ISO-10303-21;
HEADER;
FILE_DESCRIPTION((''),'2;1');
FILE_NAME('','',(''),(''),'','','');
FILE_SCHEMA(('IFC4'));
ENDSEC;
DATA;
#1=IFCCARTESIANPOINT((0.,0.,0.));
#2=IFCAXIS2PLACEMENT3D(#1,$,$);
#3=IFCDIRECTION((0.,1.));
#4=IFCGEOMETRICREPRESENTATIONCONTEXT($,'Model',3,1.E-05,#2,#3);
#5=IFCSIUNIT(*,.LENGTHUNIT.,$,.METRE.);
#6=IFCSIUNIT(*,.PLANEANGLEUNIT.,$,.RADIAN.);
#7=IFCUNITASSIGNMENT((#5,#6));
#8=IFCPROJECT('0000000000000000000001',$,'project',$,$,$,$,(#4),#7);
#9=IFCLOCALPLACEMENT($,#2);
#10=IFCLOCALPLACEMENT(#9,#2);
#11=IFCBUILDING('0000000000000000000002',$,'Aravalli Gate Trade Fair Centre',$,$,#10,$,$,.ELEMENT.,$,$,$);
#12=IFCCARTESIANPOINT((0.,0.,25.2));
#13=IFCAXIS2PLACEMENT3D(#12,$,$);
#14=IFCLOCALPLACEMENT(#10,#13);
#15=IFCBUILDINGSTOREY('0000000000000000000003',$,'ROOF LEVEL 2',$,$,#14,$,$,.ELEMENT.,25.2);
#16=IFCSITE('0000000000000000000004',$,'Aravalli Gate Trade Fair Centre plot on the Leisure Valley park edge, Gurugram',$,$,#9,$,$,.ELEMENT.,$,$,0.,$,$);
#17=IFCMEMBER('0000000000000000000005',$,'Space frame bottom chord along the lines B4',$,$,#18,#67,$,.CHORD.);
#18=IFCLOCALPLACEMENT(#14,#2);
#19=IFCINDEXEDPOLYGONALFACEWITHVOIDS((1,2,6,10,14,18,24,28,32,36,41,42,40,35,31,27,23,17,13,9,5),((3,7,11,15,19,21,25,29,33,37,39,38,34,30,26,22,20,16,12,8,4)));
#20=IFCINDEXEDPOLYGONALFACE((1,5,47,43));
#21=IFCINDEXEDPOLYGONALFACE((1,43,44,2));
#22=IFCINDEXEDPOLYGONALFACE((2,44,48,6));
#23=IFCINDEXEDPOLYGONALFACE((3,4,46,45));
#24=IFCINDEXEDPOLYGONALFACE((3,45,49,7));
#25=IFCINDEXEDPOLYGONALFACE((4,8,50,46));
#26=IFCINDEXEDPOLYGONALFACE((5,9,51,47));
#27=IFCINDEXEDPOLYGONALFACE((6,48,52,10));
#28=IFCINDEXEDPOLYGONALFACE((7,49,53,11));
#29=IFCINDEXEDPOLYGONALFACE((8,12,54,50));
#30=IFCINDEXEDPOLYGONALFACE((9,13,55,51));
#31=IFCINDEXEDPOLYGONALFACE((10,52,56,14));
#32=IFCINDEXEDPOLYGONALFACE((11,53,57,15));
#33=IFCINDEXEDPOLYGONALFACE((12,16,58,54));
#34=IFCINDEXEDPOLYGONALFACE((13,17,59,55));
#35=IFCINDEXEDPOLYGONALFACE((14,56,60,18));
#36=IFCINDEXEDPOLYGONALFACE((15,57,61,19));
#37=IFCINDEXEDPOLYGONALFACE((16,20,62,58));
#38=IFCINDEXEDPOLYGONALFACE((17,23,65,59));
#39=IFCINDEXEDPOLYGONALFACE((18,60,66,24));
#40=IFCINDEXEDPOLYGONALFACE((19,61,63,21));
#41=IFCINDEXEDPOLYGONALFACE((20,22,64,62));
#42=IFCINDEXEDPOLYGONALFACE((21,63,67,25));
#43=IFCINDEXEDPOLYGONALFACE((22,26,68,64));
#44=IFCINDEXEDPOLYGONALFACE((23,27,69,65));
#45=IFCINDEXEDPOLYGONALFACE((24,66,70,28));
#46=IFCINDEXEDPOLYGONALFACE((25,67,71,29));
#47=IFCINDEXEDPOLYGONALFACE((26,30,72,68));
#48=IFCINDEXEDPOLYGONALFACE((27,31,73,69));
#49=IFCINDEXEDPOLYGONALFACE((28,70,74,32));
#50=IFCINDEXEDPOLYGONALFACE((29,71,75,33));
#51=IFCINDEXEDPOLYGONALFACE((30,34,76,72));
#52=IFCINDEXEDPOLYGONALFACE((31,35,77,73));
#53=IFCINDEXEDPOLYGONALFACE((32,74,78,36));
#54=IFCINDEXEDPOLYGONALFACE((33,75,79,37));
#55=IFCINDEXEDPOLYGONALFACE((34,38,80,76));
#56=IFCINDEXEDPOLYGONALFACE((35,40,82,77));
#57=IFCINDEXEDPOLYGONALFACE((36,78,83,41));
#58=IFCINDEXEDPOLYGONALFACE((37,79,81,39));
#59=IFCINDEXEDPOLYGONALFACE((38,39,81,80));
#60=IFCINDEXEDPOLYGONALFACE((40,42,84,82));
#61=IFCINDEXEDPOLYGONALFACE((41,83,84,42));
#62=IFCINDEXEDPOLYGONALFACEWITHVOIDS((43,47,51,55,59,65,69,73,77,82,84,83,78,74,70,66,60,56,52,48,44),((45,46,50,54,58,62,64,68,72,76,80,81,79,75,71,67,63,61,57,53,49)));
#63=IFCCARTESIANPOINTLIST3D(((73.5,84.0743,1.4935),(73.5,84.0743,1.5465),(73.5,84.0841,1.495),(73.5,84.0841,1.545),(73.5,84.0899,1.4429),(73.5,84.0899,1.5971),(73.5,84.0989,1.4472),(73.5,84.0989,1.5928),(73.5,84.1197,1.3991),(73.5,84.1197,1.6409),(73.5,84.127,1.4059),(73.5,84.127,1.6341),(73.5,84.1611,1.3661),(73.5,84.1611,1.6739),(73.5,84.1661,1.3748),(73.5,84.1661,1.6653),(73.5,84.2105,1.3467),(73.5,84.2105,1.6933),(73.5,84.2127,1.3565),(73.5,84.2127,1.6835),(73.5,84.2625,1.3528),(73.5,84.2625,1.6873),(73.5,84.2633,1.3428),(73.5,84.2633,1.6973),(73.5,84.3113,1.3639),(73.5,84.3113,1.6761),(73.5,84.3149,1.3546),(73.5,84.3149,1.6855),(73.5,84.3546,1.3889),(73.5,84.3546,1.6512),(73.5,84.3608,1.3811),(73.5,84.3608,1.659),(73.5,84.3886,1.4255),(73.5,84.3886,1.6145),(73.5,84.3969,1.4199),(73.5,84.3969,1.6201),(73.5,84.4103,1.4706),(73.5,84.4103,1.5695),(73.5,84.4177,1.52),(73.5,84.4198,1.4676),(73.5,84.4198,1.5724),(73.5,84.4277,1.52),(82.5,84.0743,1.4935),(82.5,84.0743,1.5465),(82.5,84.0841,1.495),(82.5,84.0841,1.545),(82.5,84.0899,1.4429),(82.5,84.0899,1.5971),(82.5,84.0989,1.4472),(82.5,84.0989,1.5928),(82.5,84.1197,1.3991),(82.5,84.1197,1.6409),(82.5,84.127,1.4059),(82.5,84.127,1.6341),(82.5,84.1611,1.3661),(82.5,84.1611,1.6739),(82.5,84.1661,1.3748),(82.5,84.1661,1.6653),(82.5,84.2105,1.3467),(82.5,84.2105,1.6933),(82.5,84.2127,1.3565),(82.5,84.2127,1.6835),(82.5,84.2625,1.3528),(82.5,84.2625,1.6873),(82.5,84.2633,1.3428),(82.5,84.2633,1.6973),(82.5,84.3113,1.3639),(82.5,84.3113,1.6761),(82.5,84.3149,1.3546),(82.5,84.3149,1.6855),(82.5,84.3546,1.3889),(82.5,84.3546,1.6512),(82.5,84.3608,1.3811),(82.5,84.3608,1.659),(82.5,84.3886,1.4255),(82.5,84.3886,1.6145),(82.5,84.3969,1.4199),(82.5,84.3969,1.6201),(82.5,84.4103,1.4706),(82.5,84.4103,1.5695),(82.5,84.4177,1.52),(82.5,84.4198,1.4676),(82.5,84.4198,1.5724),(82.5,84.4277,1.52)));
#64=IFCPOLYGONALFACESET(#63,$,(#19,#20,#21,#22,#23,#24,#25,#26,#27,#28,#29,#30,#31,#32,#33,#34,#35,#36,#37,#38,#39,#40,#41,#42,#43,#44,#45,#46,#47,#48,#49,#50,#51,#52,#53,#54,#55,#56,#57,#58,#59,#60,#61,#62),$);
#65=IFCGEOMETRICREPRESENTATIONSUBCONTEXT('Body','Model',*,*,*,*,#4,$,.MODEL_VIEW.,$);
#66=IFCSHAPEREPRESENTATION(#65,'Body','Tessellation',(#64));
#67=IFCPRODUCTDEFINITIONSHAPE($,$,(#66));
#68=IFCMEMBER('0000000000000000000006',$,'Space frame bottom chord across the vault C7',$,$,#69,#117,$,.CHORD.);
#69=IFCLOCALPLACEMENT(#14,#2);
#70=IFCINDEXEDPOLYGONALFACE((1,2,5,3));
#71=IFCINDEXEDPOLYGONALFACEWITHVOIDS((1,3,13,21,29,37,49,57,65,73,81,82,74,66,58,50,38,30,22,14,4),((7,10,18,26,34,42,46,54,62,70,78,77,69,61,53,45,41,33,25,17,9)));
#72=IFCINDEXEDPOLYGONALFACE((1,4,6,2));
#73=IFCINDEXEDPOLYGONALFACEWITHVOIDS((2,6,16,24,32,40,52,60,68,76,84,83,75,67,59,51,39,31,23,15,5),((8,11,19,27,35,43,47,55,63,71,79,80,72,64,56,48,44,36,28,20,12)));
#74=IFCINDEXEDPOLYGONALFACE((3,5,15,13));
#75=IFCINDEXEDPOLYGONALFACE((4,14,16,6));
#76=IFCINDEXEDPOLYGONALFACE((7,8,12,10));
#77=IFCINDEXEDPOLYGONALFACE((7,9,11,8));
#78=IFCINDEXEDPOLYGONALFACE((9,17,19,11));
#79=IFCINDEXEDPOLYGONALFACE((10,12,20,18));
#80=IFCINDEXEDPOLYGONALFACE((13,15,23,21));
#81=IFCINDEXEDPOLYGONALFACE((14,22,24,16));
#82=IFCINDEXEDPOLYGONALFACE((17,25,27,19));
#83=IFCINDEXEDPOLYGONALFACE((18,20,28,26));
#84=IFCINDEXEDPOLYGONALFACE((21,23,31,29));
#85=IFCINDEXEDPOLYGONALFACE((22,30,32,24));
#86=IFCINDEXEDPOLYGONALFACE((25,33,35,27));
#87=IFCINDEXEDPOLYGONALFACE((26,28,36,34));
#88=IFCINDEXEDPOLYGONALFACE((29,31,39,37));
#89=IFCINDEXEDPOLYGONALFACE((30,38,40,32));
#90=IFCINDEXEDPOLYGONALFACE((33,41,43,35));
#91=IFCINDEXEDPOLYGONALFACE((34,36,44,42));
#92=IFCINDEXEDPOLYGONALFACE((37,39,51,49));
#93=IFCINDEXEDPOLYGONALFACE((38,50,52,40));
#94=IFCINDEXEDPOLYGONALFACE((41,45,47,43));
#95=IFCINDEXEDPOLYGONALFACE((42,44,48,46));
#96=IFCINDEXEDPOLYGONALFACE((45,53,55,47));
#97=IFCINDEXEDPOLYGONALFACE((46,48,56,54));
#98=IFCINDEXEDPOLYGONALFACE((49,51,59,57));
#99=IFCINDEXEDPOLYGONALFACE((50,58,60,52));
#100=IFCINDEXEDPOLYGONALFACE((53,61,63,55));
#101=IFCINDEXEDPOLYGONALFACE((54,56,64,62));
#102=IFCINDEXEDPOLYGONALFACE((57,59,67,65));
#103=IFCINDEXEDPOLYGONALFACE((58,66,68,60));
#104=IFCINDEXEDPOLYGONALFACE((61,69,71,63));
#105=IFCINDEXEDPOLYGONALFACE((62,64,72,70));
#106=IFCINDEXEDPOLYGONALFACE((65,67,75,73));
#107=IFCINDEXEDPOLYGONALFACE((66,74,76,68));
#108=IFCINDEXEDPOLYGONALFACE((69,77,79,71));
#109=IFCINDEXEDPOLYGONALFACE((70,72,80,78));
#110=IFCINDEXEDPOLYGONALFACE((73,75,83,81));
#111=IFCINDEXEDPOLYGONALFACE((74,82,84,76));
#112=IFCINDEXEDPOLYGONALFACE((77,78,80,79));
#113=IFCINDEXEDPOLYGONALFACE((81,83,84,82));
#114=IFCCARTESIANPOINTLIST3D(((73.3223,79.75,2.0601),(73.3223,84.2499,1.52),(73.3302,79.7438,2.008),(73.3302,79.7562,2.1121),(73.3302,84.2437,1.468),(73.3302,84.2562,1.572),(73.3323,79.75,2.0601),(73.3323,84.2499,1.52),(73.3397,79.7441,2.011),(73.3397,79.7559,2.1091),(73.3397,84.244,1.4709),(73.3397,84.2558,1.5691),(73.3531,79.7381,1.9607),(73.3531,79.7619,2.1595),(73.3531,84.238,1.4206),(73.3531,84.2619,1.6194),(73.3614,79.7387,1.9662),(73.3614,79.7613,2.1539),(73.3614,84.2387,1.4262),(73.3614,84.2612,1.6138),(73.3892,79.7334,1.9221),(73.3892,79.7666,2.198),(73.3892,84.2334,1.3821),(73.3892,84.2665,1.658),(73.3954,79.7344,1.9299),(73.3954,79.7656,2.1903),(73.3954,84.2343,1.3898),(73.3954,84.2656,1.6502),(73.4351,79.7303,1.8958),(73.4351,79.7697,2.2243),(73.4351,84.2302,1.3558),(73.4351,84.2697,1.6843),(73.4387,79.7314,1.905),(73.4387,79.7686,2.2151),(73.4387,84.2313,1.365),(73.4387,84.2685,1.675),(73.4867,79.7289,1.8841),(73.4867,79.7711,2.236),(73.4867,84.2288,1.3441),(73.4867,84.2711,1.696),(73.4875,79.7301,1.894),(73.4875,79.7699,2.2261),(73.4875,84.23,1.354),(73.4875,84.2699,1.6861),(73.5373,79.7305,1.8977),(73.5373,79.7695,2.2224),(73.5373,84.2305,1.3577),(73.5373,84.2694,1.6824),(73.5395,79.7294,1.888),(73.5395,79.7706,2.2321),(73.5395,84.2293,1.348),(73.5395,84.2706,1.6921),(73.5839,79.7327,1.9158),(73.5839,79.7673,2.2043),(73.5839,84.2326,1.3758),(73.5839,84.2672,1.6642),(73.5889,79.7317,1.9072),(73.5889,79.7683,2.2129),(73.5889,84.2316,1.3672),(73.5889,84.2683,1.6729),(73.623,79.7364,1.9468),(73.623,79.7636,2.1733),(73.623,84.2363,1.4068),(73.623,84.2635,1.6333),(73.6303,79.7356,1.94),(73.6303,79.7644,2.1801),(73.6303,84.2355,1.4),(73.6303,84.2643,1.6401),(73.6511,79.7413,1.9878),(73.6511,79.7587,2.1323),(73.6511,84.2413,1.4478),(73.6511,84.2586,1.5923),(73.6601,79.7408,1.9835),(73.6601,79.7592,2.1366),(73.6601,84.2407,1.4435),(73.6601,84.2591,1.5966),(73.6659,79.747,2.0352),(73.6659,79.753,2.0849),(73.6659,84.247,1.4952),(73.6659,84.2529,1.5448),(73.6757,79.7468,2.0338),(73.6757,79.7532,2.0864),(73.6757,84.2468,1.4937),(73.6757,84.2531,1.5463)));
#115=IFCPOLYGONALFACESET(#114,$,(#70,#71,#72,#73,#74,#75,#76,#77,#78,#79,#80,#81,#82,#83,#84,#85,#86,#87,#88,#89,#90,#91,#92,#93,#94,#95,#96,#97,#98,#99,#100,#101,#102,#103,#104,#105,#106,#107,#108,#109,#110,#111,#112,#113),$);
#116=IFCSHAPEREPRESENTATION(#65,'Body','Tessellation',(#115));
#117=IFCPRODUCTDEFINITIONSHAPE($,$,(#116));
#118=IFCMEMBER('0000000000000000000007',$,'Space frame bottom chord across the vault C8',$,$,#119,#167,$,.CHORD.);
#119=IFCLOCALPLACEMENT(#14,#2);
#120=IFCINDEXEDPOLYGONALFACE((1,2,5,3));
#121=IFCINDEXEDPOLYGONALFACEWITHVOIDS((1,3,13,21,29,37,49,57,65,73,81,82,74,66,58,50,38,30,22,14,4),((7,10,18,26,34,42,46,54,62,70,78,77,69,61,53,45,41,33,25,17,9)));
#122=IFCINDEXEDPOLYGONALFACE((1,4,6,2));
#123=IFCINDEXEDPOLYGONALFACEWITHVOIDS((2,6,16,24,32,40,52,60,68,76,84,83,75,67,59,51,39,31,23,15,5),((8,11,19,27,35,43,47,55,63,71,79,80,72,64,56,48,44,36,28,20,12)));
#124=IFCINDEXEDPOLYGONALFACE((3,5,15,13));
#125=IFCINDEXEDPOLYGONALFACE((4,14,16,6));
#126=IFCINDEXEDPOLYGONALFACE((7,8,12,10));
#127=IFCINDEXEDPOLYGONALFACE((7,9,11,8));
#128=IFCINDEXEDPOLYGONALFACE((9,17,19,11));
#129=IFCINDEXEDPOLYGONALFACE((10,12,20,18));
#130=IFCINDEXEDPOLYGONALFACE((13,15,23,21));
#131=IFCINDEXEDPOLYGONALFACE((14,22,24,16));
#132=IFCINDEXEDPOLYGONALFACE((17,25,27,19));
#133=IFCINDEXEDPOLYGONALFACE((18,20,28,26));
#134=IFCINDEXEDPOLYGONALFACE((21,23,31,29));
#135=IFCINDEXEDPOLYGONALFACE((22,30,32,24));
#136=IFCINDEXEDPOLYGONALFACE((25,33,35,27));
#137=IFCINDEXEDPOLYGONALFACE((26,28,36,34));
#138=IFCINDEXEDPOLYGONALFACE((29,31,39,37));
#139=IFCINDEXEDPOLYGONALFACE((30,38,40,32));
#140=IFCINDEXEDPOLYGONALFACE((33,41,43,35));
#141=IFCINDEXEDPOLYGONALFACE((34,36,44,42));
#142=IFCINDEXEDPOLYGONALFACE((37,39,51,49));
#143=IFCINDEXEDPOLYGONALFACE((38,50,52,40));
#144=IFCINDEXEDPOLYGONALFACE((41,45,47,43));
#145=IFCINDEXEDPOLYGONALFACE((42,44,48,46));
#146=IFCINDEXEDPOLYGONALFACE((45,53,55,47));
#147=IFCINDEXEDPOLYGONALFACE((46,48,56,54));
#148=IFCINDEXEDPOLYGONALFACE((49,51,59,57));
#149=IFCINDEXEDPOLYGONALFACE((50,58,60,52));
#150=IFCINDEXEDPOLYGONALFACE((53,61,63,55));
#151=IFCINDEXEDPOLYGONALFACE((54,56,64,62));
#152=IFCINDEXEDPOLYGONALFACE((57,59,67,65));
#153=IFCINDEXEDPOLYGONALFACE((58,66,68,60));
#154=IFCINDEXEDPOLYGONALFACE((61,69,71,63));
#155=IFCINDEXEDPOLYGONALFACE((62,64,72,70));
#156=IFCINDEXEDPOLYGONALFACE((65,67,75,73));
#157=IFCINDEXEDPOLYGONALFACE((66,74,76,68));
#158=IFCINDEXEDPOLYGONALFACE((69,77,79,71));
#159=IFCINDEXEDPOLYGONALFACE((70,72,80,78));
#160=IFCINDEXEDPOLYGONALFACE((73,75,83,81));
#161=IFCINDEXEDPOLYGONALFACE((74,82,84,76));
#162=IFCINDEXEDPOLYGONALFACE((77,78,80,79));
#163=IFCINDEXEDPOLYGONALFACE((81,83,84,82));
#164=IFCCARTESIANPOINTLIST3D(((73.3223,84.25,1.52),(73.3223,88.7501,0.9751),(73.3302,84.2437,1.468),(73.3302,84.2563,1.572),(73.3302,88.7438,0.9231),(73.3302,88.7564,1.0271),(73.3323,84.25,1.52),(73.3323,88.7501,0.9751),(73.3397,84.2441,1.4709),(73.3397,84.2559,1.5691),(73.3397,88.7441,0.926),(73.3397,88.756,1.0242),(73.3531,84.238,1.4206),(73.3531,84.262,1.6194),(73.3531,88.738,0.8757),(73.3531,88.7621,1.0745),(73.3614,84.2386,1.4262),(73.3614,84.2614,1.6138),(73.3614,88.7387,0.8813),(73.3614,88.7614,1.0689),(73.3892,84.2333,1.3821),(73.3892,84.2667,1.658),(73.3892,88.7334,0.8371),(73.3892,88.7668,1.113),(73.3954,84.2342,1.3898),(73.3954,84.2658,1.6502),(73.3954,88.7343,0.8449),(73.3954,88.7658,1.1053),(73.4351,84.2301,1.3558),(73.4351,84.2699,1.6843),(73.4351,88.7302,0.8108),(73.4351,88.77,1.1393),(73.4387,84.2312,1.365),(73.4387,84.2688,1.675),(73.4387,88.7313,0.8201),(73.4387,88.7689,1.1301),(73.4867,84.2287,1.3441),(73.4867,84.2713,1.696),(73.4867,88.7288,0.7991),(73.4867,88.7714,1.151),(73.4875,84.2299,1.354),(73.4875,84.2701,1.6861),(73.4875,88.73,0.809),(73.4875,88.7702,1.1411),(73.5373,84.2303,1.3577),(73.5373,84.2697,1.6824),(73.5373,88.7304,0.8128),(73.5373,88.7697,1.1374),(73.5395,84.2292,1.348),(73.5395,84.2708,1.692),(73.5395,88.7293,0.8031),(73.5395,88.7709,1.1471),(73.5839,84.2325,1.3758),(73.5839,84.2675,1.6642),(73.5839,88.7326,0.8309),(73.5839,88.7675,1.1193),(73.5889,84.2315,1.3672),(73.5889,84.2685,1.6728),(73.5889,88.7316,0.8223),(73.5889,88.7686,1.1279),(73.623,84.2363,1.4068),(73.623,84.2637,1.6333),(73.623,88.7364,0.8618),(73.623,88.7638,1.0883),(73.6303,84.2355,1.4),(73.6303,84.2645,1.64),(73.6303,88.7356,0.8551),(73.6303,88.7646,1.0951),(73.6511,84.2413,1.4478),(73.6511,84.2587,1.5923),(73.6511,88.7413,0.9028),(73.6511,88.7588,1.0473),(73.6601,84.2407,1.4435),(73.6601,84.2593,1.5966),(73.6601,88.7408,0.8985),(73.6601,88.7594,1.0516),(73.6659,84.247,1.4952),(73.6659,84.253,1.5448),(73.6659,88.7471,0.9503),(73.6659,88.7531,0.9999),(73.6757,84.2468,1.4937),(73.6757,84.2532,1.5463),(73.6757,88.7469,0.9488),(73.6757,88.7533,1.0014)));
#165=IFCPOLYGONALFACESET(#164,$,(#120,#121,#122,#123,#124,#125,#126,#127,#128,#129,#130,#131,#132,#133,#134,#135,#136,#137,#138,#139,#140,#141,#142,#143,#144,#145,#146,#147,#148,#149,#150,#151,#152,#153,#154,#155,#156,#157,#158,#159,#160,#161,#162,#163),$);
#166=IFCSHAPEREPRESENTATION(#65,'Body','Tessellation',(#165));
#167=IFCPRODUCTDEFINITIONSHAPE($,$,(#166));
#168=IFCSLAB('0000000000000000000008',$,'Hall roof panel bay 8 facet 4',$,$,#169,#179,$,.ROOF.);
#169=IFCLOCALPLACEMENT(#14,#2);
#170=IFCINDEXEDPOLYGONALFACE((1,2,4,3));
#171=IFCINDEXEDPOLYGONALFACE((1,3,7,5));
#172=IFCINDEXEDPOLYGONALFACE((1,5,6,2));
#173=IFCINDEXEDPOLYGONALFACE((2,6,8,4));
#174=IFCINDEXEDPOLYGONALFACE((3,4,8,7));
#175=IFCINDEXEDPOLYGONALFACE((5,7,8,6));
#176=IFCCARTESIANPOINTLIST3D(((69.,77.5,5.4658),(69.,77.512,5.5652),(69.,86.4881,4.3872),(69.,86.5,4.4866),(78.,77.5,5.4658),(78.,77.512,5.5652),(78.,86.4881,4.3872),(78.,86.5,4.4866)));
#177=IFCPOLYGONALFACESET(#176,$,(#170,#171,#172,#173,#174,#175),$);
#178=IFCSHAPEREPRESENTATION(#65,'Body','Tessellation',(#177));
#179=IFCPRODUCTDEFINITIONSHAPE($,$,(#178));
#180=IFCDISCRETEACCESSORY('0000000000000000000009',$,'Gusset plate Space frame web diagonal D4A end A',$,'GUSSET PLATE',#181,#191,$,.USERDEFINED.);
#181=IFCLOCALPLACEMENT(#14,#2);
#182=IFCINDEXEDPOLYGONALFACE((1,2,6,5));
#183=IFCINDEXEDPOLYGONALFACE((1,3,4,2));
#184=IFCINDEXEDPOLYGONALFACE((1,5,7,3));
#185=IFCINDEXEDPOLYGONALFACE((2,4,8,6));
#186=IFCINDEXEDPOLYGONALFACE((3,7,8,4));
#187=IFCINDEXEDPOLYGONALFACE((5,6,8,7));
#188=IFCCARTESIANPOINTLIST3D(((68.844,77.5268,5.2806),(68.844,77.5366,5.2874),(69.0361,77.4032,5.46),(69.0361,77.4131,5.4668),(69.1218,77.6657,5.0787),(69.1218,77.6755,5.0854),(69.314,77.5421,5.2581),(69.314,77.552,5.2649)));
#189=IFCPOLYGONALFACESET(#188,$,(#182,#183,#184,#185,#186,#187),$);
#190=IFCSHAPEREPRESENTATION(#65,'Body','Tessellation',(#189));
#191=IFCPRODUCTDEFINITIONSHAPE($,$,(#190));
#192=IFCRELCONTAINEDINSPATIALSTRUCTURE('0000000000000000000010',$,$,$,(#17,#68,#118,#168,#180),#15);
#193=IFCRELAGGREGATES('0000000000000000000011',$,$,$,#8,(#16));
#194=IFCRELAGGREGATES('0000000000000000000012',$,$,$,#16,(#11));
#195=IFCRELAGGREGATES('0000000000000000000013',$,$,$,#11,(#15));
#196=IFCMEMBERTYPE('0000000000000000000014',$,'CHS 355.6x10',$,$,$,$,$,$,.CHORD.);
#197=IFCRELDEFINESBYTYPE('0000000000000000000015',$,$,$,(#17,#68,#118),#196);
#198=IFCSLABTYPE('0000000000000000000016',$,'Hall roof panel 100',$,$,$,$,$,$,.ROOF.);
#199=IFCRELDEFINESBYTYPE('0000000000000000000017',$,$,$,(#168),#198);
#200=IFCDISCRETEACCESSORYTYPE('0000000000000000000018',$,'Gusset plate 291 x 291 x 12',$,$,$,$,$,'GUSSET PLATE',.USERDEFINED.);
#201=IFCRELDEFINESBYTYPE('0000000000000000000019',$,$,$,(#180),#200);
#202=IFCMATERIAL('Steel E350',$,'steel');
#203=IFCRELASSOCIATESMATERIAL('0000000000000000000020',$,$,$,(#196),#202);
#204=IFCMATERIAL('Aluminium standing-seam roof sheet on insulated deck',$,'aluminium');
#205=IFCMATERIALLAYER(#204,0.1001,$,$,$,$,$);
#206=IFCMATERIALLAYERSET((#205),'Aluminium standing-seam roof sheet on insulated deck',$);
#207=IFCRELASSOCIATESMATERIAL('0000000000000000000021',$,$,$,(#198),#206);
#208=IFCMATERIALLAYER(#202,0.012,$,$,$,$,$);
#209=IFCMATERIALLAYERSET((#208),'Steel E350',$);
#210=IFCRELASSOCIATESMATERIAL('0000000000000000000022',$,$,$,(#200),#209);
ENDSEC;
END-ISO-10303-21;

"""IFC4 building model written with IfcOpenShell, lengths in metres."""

from ifc_helpers import new_model, si_unit, direction, frame, origin, origin_2d, place, context, subcontext, project, spatial, polyline, hollow_circle, outline, extrude, material, layer, layer_set, material_profile, profile_set, type_object, element, save


model = new_model("IFC4")

# Units and contexts
model_context = context("Model", 3, precision=1e-05, world=origin(), true_north=direction((0.0, 1.0)))
body_context = subcontext(model_context, "Body", "Model", "MODEL_VIEW")
ifc_project = project(units=[si_unit("LENGTHUNIT", "METRE"), si_unit("PLANEANGLEUNIT", "RADIAN")], contexts=[model_context])

# Site, building, storey
site_placement = place(None, origin())
site = spatial("IfcSite", under=ifc_project, at=site_placement, Name="Aravalli Gate Trade Fair Centre plot on the Leisure Valley park edge, Gurugram", CompositionType="ELEMENT", RefElevation=0.0)
building_placement = place(site_placement, origin())
building = spatial("IfcBuilding", under=site, at=building_placement, Name="Aravalli Gate Trade Fair Centre", CompositionType="ELEMENT")
storey_placement = place(building_placement, frame((0.0, 0.0, 25.2)))
storey = spatial("IfcBuildingStorey", under=building, at=storey_placement, Name="ROOF LEVEL 2", CompositionType="ELEMENT", Elevation=25.2)

# Members
ifc_material_1 = material(Name="Steel E350", Category="steel")
ifc_material_profile_1 = material_profile(ifc_material_1, hollow_circle(Radius=0.1777, WallThickness=0.01, at=origin_2d()), Name="CHS 355.6x10")
ifc_profile_set_1 = profile_set([ifc_material_profile_1], Name="Steel E350")
member_type_1 = type_object("IfcMemberType", Name="CHS 355.6x10", PredefinedType="CHORD", material=ifc_profile_set_1)
for number, where, z_axis, x_axis, name in (
    (1, (73.5, 84.25, 1.52), (1.0, 0.0, 0.0), (0.0, 1.0, 0.0), "Space frame bottom chord along the lines B4"),
):
    element("IfcMember", number, at=place(storey_placement, frame(where, z_axis=z_axis, x_axis=x_axis)), inside=storey, type_object=member_type_1, Name=name, PredefinedType="CHORD", context=body_context, shape_type="SweptSolid", body=[
        extrude(hollow_circle(Radius=0.1777, WallThickness=0.01, at=origin_2d()), origin(), (0.0, 0.0, 1.0), 9.0),
    ])
member_1_placement = place(storey_placement, frame((73.5, 79.75, 2.0601), z_axis=(0.0, 0.992876, -0.119154), x_axis=(-1.0, 0.0, 0.0)))
element("IfcMember", 2, at=member_1_placement, inside=storey, type_object=member_type_1, Name="Space frame bottom chord across the vault C7", PredefinedType="CHORD", context=body_context, shape_type="SweptSolid", body=[
    extrude(hollow_circle(Radius=0.1777, WallThickness=0.01, at=origin_2d()), origin(), (0.0, 0.0, 1.0), 4.5322),
])
member_2_placement = place(storey_placement, frame((73.5, 84.25, 1.52), z_axis=(0.0, 0.992748, -0.120216), x_axis=(-1.0, 0.0, 0.0)))
element("IfcMember", 3, at=member_2_placement, inside=storey, type_object=member_type_1, Name="Space frame bottom chord across the vault C8", PredefinedType="CHORD", context=body_context, shape_type="SweptSolid", body=[
    extrude(hollow_circle(Radius=0.1777, WallThickness=0.01, at=origin_2d()), origin(), (0.0, 0.0, 1.0), 4.533),
])

# Slab
ifc_material_2 = material(Name="Aluminium standing-seam roof sheet on insulated deck", Category="aluminium")
ifc_layer_1 = layer(ifc_material_2, 0.1001)
ifc_layer_set_1 = layer_set([ifc_layer_1], Name="Aluminium standing-seam roof sheet on insulated deck")
slab_type = type_object("IfcSlabType", Name="Hall roof panel 100", PredefinedType="ROOF", material=ifc_layer_set_1)
slab_placement = place(storey_placement, frame((69.0, 77.512, 5.5652), z_axis=(0.0, 0.119151, 0.992876), x_axis=(1.0, 0.0, 0.0)))
element("IfcSlab", 4, at=slab_placement, inside=storey, type_object=slab_type, Name="Hall roof panel bay 8 facet 4", PredefinedType="ROOF", context=body_context, shape_type="SweptSolid", body=[
    extrude(outline(polyline([(0.0, 0.0), (9.0, 0.0), (9.0, 9.0525), (0.0, 9.0525), (0.0, 0.0)])), origin(), (0.0, 0.0, -1.0), 0.1001),
])

# Discrete accessory
ifc_layer_2 = layer(ifc_material_1, 0.012)
ifc_layer_set_2 = layer_set([ifc_layer_2], Name="Steel E350")
discrete_accessory_type = type_object("IfcDiscreteAccessoryType", Name="Gusset plate 291 x 291 x 12", ElementType="GUSSET PLATE", PredefinedType="USERDEFINED", material=ifc_layer_set_2)
discrete_accessory_1_placement = place(storey_placement, frame((69.1218, 77.6755, 5.0854), z_axis=(0.000137, 0.82375, 0.566952), x_axis=(-0.749929, -0.374965, 0.544984)))
element("IfcDiscreteAccessory", 5, at=discrete_accessory_1_placement, inside=storey, type_object=discrete_accessory_type, Name="Gusset plate Space frame web diagonal D4A end A", ObjectType="GUSSET PLATE", PredefinedType="USERDEFINED", context=body_context, shape_type="SweptSolid", body=[
    extrude(outline(polyline([(0.0, 0.0), (0.3705, 0.0), (0.3705, 0.2905), (0.0, 0.2905), (0.0, 0.0)])), origin(), (0.0, 0.0, -1.0), 0.012),
])

save(model, "model.ifc")
